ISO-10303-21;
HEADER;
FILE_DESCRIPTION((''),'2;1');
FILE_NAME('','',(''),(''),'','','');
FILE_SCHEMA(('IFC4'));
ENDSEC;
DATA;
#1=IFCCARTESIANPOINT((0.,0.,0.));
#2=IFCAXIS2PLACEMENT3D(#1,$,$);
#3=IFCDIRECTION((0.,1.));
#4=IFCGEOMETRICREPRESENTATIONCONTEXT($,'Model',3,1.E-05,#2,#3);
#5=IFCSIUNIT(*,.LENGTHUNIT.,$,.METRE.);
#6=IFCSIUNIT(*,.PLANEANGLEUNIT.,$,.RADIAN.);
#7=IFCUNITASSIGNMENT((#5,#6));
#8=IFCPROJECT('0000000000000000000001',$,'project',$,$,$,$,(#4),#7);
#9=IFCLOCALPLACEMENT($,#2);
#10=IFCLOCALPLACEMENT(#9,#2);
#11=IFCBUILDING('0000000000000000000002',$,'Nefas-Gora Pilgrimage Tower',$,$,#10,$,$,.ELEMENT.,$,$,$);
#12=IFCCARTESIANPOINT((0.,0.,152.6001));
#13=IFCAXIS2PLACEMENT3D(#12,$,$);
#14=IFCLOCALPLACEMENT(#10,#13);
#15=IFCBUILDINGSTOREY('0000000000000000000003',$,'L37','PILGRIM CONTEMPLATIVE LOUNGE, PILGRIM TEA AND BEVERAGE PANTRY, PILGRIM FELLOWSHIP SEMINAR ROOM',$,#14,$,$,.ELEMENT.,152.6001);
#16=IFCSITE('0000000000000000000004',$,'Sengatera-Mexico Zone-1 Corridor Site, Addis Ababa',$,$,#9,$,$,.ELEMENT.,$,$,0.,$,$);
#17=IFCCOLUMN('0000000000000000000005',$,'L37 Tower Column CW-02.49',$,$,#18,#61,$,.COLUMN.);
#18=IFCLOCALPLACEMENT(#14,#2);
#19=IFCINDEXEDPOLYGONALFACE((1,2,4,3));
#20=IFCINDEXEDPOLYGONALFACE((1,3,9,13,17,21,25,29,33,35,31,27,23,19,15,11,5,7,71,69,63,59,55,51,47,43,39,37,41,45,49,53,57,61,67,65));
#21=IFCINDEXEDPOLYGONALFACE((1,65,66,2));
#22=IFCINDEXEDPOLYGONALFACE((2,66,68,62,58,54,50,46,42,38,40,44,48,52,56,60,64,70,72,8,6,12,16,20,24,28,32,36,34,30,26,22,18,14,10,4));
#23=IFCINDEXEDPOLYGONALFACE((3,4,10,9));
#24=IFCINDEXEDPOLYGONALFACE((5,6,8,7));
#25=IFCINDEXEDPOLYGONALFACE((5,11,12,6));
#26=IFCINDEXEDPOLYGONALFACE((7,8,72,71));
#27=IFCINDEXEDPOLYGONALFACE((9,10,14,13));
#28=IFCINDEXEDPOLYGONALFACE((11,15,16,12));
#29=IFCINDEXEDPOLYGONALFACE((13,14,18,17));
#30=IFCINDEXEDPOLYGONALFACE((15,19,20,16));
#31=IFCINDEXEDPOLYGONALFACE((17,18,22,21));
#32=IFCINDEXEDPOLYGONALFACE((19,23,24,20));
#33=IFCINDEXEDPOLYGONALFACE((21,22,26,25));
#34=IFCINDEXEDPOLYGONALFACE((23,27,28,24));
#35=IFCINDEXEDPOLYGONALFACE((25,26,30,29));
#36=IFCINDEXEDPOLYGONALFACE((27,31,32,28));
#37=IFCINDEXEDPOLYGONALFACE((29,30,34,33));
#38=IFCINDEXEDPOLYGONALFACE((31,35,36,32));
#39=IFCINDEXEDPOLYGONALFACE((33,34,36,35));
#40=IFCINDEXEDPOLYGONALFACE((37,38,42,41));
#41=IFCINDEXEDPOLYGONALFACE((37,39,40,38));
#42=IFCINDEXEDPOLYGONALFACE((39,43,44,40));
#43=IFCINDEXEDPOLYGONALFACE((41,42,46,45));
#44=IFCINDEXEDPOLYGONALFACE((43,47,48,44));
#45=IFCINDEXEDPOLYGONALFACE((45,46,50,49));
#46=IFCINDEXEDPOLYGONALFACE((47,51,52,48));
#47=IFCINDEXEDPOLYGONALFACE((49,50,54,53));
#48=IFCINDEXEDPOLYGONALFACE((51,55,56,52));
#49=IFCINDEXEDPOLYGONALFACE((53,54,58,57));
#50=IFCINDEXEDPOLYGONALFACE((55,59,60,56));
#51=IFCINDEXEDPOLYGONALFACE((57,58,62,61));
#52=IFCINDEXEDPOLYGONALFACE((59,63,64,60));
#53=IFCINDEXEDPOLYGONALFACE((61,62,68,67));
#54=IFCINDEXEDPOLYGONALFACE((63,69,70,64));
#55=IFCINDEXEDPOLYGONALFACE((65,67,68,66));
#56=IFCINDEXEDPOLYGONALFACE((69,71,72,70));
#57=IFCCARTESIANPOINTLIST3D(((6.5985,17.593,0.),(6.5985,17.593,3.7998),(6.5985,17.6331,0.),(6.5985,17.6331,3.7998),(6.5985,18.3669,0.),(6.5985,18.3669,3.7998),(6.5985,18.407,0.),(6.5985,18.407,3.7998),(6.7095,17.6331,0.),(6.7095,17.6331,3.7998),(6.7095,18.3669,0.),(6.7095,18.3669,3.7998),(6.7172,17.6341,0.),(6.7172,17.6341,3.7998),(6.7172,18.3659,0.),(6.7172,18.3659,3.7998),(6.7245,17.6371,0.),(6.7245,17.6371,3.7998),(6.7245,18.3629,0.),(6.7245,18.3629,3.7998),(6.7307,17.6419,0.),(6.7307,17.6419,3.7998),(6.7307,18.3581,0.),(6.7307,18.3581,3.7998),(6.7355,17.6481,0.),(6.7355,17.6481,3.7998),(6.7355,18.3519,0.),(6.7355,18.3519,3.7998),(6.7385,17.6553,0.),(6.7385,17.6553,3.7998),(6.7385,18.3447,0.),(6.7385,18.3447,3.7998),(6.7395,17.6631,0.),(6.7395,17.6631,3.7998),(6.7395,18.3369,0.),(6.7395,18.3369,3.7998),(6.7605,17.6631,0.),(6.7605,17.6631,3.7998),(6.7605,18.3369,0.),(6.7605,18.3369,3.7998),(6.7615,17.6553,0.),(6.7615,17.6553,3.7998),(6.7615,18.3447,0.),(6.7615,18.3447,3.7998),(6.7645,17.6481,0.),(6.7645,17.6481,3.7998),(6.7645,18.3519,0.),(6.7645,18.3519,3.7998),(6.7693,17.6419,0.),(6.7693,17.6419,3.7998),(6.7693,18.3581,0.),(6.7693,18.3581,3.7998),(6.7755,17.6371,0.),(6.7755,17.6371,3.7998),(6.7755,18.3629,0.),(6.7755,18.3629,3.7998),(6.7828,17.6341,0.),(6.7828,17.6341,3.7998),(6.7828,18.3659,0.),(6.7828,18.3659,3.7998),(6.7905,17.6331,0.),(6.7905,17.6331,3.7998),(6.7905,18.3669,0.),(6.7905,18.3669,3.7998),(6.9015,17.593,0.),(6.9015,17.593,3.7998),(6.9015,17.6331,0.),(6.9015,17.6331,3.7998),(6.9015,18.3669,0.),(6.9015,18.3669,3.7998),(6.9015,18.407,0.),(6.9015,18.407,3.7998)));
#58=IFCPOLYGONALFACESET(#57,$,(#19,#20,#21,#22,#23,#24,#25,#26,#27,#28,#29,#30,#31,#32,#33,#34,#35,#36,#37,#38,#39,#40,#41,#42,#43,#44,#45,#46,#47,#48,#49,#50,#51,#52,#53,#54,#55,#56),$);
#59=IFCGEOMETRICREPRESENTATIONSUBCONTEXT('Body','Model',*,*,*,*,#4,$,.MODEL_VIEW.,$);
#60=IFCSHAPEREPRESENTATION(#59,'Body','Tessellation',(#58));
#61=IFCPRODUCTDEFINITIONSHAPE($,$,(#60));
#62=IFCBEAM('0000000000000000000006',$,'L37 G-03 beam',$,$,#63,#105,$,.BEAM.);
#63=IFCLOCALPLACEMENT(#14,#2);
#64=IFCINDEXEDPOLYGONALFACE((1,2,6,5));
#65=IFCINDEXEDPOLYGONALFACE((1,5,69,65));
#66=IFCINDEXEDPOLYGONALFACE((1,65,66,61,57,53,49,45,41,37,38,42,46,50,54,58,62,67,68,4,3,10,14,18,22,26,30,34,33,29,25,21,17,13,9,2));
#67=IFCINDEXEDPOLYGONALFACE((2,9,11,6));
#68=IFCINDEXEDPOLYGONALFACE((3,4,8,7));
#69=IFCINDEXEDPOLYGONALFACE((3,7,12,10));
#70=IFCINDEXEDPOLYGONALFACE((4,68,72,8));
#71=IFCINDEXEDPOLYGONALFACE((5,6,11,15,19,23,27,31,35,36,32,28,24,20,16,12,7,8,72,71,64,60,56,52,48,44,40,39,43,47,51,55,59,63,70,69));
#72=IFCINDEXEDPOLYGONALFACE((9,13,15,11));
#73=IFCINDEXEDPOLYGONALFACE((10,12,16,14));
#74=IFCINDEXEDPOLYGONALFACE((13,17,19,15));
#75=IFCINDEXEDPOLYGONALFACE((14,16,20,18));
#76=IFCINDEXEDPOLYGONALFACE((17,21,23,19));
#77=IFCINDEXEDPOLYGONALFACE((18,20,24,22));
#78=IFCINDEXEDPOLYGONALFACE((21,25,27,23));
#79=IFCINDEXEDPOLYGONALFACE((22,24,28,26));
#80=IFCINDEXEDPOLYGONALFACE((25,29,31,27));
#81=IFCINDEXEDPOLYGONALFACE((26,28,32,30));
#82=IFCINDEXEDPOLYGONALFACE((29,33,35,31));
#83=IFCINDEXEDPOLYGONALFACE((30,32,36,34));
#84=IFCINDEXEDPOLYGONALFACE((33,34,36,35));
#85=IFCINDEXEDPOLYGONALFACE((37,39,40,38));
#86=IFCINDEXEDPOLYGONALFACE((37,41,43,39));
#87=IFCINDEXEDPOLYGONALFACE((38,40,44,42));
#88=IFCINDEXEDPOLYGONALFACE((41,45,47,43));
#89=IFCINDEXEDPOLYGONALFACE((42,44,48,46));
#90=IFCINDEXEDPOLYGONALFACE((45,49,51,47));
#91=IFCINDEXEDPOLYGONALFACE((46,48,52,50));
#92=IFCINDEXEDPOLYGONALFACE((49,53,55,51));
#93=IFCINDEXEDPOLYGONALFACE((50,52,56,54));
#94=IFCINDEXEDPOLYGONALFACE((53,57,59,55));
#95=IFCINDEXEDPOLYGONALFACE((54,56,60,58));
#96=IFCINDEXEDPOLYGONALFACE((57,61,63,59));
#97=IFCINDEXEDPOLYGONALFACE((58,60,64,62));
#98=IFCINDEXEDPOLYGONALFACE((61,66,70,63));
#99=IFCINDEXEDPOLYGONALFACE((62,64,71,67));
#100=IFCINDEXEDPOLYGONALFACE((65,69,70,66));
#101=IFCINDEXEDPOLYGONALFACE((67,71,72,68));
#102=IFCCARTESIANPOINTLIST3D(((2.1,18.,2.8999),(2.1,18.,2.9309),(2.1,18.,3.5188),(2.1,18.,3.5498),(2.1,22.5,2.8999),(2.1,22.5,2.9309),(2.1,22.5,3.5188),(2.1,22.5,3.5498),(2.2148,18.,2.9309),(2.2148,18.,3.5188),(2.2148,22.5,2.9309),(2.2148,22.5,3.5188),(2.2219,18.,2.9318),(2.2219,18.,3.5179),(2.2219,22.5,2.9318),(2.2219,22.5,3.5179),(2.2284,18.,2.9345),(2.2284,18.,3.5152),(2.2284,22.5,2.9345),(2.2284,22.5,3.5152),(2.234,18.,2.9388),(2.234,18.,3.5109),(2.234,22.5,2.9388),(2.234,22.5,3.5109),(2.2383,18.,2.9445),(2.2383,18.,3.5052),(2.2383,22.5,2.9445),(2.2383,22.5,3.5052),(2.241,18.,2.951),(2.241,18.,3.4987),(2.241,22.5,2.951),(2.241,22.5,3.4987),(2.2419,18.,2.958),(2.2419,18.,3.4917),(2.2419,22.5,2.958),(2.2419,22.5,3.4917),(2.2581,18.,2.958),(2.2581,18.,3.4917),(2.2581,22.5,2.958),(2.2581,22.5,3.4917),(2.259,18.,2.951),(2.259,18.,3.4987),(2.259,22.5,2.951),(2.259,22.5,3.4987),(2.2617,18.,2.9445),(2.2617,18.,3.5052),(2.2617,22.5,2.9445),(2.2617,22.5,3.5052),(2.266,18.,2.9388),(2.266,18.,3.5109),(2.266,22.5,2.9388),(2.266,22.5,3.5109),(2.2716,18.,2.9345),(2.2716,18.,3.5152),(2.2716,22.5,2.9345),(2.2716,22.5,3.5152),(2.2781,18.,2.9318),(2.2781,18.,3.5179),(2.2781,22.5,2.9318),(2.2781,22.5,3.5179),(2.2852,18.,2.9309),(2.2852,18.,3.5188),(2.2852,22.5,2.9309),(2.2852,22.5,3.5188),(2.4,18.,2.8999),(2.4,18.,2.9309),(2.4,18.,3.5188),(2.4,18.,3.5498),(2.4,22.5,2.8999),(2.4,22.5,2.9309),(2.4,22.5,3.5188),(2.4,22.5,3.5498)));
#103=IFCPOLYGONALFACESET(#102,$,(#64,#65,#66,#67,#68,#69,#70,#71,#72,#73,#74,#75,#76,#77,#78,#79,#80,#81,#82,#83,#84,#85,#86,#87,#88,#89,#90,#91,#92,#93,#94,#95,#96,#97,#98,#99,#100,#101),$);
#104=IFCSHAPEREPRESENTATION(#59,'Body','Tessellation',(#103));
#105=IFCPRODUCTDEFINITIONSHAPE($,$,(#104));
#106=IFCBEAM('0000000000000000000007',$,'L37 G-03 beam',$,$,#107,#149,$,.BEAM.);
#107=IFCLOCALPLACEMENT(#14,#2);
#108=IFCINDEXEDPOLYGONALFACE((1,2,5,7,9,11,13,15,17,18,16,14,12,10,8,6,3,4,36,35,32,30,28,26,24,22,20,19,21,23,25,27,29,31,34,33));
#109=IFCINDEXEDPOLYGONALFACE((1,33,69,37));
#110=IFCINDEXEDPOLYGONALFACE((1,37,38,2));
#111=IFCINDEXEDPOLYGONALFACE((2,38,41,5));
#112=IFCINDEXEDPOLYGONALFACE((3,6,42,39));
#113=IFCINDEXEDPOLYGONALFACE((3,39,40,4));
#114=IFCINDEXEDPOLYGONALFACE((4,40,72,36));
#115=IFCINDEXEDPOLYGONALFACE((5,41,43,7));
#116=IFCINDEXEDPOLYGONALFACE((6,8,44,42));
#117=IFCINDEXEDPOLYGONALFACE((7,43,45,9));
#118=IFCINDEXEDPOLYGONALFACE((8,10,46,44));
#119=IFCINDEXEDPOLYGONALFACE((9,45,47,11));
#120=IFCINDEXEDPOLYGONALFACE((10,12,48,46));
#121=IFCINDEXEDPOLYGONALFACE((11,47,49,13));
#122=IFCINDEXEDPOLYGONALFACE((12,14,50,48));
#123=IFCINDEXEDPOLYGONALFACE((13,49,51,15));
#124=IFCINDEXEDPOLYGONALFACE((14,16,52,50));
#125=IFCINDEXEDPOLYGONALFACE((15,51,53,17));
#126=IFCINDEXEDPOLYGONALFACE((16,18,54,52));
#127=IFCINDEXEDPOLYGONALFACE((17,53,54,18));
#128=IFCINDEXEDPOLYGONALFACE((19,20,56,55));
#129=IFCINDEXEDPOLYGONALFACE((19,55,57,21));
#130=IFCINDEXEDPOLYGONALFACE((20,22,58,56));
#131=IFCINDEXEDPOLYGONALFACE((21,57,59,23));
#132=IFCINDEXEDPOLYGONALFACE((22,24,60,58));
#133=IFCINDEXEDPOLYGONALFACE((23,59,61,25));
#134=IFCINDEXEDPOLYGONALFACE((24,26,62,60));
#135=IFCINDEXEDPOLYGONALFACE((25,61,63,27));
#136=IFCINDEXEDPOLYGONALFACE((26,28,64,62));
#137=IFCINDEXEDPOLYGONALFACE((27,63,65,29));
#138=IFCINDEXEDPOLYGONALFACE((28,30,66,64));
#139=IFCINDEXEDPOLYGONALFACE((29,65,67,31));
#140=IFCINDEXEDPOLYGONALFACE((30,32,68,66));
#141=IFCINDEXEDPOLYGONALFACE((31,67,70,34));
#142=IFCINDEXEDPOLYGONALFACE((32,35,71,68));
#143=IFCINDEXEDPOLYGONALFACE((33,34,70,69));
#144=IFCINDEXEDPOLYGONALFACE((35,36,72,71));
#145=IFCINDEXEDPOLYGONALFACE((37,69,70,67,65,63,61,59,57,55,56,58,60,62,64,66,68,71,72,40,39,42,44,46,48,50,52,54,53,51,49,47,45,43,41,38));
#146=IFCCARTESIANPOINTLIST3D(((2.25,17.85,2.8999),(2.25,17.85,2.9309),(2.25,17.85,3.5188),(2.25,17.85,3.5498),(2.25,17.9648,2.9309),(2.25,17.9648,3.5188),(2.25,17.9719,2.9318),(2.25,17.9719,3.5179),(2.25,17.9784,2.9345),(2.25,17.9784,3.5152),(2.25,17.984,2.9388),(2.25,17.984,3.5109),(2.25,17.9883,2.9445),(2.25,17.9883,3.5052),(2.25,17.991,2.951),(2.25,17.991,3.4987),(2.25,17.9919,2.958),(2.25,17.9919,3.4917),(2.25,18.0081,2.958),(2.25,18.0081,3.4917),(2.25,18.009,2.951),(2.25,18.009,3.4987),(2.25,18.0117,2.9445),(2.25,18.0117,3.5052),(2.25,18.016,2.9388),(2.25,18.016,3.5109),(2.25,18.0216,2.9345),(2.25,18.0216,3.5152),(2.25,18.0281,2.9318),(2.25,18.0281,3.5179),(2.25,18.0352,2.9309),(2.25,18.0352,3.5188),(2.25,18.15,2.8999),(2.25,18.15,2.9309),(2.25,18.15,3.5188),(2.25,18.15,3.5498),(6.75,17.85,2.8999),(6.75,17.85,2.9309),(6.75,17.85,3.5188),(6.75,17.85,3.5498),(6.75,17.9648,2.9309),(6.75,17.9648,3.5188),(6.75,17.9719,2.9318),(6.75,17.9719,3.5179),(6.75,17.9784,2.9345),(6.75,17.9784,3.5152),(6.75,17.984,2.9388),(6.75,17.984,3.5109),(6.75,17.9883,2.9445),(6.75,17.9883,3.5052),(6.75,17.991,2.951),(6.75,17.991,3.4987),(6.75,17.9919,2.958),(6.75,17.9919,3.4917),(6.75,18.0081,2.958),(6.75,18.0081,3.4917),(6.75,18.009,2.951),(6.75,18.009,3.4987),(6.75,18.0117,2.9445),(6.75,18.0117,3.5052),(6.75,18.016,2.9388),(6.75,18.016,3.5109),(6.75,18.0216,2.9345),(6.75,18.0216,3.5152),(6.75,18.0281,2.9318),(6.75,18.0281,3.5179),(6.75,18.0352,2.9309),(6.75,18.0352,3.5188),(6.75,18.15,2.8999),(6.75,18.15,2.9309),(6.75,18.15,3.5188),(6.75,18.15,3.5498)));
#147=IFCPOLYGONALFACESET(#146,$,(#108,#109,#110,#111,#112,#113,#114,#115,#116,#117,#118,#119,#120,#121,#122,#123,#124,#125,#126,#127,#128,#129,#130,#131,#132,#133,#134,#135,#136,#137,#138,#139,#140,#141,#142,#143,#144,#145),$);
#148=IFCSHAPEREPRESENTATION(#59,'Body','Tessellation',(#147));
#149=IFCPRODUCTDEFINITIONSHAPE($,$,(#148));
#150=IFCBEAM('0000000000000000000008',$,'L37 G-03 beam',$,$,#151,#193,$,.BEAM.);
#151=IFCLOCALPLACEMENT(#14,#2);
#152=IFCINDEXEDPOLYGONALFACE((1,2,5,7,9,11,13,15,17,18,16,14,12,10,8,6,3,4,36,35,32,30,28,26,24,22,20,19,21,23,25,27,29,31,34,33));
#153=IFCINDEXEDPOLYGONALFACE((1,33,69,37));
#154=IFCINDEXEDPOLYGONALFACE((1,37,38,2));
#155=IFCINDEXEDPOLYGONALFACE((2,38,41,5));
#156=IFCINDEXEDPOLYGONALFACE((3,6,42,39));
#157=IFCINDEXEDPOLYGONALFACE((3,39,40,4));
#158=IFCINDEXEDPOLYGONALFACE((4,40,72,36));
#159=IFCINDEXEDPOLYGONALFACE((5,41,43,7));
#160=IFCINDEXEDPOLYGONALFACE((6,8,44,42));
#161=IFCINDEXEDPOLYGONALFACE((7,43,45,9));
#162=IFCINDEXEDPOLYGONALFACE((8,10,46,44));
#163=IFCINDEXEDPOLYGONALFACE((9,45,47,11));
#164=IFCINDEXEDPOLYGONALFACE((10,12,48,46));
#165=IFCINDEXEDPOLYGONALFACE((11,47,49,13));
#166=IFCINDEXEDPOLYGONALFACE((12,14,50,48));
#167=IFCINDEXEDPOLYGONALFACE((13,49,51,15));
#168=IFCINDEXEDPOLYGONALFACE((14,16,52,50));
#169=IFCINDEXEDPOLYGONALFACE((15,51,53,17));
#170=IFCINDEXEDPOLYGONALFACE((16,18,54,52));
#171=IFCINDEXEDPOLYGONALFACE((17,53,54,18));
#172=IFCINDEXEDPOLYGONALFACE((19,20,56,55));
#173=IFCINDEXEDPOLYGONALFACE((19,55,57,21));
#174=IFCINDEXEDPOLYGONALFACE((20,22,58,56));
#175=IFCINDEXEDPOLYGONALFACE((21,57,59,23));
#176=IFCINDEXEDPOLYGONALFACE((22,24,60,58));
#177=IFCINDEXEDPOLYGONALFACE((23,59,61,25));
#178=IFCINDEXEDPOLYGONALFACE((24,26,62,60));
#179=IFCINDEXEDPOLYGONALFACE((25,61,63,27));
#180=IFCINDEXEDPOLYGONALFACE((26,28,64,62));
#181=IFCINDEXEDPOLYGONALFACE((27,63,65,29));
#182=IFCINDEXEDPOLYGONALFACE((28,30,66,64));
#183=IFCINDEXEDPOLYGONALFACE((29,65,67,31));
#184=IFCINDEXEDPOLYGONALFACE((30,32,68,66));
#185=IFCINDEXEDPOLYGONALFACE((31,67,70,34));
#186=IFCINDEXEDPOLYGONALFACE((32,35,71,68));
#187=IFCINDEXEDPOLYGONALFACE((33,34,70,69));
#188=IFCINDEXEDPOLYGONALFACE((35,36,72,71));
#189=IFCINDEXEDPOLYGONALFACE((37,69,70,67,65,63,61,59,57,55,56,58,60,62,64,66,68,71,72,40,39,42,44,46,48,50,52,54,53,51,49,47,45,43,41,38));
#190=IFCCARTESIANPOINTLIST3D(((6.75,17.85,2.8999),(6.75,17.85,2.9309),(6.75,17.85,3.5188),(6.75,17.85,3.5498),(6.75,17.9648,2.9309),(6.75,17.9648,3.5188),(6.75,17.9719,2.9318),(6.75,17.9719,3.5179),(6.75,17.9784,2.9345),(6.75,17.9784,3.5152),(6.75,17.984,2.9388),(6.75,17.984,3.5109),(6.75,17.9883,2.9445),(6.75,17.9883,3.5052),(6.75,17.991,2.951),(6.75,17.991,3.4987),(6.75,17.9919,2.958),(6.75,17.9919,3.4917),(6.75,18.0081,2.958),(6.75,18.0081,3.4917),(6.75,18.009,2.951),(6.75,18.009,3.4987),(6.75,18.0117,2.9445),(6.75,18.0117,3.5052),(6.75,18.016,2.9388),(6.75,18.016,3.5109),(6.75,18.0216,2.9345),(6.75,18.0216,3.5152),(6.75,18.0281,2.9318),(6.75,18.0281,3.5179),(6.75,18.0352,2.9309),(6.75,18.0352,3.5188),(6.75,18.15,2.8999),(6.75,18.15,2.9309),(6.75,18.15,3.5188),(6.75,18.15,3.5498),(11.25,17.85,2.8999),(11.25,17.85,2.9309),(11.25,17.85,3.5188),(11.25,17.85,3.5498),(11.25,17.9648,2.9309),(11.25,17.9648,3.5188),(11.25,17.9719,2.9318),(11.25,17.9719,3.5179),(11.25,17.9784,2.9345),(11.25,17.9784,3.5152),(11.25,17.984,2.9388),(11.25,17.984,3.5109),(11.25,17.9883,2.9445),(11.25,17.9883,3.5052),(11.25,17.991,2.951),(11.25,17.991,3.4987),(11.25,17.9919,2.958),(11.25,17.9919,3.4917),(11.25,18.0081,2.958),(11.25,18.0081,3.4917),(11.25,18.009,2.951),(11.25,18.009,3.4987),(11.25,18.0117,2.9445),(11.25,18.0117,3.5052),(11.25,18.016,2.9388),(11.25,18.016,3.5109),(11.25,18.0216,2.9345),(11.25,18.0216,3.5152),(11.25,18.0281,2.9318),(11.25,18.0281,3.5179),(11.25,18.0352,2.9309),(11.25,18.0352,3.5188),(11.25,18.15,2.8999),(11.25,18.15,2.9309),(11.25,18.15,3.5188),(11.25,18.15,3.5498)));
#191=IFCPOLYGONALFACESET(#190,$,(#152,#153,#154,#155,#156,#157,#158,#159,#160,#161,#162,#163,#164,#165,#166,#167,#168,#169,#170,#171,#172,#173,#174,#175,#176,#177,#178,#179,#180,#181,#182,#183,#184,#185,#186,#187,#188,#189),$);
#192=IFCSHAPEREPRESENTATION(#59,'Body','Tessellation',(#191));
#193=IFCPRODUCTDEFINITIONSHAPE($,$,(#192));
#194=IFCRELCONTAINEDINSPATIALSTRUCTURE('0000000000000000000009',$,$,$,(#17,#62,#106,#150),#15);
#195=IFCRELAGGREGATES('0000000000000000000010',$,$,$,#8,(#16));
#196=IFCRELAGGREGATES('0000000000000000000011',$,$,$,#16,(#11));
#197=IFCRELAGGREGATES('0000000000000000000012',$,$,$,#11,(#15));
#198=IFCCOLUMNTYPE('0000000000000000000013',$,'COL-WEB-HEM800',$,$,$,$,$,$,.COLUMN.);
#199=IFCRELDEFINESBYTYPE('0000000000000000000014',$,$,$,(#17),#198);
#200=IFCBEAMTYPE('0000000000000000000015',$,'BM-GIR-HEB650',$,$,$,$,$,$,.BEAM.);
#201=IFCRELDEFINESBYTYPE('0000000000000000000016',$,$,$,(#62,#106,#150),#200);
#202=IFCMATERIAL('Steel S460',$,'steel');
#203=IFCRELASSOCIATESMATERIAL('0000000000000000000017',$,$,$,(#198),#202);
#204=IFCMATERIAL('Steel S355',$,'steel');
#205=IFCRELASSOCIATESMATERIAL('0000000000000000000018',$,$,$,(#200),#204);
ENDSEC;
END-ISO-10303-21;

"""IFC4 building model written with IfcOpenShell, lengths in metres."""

from ifc_helpers import new_model, si_unit, direction, frame, origin, origin_2d, place, context, subcontext, project, spatial, i_section, extrude, source, transform, mapped, material, material_profile, profile_set, type_object, element, save


model = new_model("IFC4")

# Units and contexts
model_context = context("Model", 3, precision=1e-05, world=origin(), true_north=direction((0.0, 1.0)))
body_context = subcontext(model_context, "Body", "Model", "MODEL_VIEW")
ifc_project = project(units=[si_unit("LENGTHUNIT", "METRE"), si_unit("PLANEANGLEUNIT", "RADIAN")], contexts=[model_context])

# Site, building, storey
site_placement = place(None, origin())
site = spatial("IfcSite", under=ifc_project, at=site_placement, Name="Sengatera-Mexico Zone-1 Corridor Site, Addis Ababa", CompositionType="ELEMENT", RefElevation=0.0)
building_placement = place(site_placement, origin())
building = spatial("IfcBuilding", under=site, at=building_placement, Name="Nefas-Gora Pilgrimage Tower", CompositionType="ELEMENT")
storey_placement = place(building_placement, frame((0.0, 0.0, 152.6001)))
storey = spatial("IfcBuildingStorey", under=building, at=storey_placement, Name="L37", Description="PILGRIM CONTEMPLATIVE LOUNGE, PILGRIM TEA AND BEVERAGE PANTRY, PILGRIM FELLOWSHIP SEMINAR ROOM", CompositionType="ELEMENT", Elevation=152.6001)

# Column
ifc_material_1 = material(Name="Steel S460", Category="steel")
ifc_material_profile_1 = material_profile(ifc_material_1, i_section(OverallWidth=0.303, OverallDepth=0.814, WebThickness=0.021, FlangeThickness=0.04, FilletRadius=0.03, at=origin_2d()), Name="HEM 800")
ifc_profile_set_1 = profile_set([ifc_material_profile_1], Name="Steel S460")
column_type_1 = type_object("IfcColumnType", Name="COL-WEB-HEM800", PredefinedType="COLUMN", material=ifc_profile_set_1)
shared_shape_1 = source(origin(), body_context, "Body", "SweptSolid", [
    extrude(i_section(OverallWidth=0.303, OverallDepth=0.814, WebThickness=0.021, FlangeThickness=0.04, FilletRadius=0.03, at=origin_2d()), origin(), (0.0, 0.0, 1.0), 3.7998),
])
for number, where, z_axis, x_axis, name in (
    (1, (6.75, 18.0, 0.0), (0.0, 0.0, 1.0), (1.0, 0.0, 0.0), "L37 Tower Column CW-02.49"),
):
    element("IfcColumn", number, at=place(storey_placement, frame(where, z_axis=z_axis, x_axis=x_axis)), inside=storey, type_object=column_type_1, Name=name, PredefinedType="COLUMN", context=body_context, shape_type="MappedRepresentation", body=[
        mapped(shared_shape_1, transform((0.0, 0.0, 0.0), x_axis=(1.0, 0.0, 0.0), y_axis=(0.0, 1.0, 0.0), z_axis=(0.0, 0.0, 1.0), scale=1.0)),
    ])

# Beams
ifc_material_2 = material(Name="Steel S355", Category="steel")
ifc_material_profile_2 = material_profile(ifc_material_2, i_section(OverallWidth=0.3, OverallDepth=0.6499, WebThickness=0.0161, FlangeThickness=0.031, FilletRadius=0.0271, at=origin_2d()), Name="HEB 650")
ifc_profile_set_2 = profile_set([ifc_material_profile_2], Name="Steel S355")
beam_type = type_object("IfcBeamType", Name="BM-GIR-HEB650", PredefinedType="BEAM", material=ifc_profile_set_2)
shared_shape_2 = source(origin(), body_context, "Body", "SweptSolid", [
    extrude(i_section(OverallWidth=0.3, OverallDepth=0.6499, WebThickness=0.0161, FlangeThickness=0.031, FilletRadius=0.0271, at=origin_2d()), origin(), (0.0, 0.0, 1.0), 4.5),
])
for number, where, z_axis, x_axis, name in (
    (2, (2.25, 18.0, 3.2249), (0.0, 1.0, 0.0), (-1.0, 0.0, 0.0), "L37 G-03 beam"),
    (3, (2.25, 18.0, 3.2249), (1.0, 0.0, 0.0), (0.0, 1.0, 0.0), "L37 G-03 beam"),
    (4, (6.75, 18.0, 3.2249), (1.0, 0.0, 0.0), (0.0, 1.0, 0.0), "L37 G-03 beam"),
):
    element("IfcBeam", number, at=place(storey_placement, frame(where, z_axis=z_axis, x_axis=x_axis)), inside=storey, type_object=beam_type, Name=name, PredefinedType="BEAM", context=body_context, shape_type="MappedRepresentation", body=[
        mapped(shared_shape_2, transform((0.0, 0.0, 0.0), x_axis=(1.0, 0.0, 0.0), y_axis=(0.0, 1.0, 0.0), z_axis=(0.0, 0.0, 1.0), scale=1.0)),
    ])

save(model, "model.ifc")
